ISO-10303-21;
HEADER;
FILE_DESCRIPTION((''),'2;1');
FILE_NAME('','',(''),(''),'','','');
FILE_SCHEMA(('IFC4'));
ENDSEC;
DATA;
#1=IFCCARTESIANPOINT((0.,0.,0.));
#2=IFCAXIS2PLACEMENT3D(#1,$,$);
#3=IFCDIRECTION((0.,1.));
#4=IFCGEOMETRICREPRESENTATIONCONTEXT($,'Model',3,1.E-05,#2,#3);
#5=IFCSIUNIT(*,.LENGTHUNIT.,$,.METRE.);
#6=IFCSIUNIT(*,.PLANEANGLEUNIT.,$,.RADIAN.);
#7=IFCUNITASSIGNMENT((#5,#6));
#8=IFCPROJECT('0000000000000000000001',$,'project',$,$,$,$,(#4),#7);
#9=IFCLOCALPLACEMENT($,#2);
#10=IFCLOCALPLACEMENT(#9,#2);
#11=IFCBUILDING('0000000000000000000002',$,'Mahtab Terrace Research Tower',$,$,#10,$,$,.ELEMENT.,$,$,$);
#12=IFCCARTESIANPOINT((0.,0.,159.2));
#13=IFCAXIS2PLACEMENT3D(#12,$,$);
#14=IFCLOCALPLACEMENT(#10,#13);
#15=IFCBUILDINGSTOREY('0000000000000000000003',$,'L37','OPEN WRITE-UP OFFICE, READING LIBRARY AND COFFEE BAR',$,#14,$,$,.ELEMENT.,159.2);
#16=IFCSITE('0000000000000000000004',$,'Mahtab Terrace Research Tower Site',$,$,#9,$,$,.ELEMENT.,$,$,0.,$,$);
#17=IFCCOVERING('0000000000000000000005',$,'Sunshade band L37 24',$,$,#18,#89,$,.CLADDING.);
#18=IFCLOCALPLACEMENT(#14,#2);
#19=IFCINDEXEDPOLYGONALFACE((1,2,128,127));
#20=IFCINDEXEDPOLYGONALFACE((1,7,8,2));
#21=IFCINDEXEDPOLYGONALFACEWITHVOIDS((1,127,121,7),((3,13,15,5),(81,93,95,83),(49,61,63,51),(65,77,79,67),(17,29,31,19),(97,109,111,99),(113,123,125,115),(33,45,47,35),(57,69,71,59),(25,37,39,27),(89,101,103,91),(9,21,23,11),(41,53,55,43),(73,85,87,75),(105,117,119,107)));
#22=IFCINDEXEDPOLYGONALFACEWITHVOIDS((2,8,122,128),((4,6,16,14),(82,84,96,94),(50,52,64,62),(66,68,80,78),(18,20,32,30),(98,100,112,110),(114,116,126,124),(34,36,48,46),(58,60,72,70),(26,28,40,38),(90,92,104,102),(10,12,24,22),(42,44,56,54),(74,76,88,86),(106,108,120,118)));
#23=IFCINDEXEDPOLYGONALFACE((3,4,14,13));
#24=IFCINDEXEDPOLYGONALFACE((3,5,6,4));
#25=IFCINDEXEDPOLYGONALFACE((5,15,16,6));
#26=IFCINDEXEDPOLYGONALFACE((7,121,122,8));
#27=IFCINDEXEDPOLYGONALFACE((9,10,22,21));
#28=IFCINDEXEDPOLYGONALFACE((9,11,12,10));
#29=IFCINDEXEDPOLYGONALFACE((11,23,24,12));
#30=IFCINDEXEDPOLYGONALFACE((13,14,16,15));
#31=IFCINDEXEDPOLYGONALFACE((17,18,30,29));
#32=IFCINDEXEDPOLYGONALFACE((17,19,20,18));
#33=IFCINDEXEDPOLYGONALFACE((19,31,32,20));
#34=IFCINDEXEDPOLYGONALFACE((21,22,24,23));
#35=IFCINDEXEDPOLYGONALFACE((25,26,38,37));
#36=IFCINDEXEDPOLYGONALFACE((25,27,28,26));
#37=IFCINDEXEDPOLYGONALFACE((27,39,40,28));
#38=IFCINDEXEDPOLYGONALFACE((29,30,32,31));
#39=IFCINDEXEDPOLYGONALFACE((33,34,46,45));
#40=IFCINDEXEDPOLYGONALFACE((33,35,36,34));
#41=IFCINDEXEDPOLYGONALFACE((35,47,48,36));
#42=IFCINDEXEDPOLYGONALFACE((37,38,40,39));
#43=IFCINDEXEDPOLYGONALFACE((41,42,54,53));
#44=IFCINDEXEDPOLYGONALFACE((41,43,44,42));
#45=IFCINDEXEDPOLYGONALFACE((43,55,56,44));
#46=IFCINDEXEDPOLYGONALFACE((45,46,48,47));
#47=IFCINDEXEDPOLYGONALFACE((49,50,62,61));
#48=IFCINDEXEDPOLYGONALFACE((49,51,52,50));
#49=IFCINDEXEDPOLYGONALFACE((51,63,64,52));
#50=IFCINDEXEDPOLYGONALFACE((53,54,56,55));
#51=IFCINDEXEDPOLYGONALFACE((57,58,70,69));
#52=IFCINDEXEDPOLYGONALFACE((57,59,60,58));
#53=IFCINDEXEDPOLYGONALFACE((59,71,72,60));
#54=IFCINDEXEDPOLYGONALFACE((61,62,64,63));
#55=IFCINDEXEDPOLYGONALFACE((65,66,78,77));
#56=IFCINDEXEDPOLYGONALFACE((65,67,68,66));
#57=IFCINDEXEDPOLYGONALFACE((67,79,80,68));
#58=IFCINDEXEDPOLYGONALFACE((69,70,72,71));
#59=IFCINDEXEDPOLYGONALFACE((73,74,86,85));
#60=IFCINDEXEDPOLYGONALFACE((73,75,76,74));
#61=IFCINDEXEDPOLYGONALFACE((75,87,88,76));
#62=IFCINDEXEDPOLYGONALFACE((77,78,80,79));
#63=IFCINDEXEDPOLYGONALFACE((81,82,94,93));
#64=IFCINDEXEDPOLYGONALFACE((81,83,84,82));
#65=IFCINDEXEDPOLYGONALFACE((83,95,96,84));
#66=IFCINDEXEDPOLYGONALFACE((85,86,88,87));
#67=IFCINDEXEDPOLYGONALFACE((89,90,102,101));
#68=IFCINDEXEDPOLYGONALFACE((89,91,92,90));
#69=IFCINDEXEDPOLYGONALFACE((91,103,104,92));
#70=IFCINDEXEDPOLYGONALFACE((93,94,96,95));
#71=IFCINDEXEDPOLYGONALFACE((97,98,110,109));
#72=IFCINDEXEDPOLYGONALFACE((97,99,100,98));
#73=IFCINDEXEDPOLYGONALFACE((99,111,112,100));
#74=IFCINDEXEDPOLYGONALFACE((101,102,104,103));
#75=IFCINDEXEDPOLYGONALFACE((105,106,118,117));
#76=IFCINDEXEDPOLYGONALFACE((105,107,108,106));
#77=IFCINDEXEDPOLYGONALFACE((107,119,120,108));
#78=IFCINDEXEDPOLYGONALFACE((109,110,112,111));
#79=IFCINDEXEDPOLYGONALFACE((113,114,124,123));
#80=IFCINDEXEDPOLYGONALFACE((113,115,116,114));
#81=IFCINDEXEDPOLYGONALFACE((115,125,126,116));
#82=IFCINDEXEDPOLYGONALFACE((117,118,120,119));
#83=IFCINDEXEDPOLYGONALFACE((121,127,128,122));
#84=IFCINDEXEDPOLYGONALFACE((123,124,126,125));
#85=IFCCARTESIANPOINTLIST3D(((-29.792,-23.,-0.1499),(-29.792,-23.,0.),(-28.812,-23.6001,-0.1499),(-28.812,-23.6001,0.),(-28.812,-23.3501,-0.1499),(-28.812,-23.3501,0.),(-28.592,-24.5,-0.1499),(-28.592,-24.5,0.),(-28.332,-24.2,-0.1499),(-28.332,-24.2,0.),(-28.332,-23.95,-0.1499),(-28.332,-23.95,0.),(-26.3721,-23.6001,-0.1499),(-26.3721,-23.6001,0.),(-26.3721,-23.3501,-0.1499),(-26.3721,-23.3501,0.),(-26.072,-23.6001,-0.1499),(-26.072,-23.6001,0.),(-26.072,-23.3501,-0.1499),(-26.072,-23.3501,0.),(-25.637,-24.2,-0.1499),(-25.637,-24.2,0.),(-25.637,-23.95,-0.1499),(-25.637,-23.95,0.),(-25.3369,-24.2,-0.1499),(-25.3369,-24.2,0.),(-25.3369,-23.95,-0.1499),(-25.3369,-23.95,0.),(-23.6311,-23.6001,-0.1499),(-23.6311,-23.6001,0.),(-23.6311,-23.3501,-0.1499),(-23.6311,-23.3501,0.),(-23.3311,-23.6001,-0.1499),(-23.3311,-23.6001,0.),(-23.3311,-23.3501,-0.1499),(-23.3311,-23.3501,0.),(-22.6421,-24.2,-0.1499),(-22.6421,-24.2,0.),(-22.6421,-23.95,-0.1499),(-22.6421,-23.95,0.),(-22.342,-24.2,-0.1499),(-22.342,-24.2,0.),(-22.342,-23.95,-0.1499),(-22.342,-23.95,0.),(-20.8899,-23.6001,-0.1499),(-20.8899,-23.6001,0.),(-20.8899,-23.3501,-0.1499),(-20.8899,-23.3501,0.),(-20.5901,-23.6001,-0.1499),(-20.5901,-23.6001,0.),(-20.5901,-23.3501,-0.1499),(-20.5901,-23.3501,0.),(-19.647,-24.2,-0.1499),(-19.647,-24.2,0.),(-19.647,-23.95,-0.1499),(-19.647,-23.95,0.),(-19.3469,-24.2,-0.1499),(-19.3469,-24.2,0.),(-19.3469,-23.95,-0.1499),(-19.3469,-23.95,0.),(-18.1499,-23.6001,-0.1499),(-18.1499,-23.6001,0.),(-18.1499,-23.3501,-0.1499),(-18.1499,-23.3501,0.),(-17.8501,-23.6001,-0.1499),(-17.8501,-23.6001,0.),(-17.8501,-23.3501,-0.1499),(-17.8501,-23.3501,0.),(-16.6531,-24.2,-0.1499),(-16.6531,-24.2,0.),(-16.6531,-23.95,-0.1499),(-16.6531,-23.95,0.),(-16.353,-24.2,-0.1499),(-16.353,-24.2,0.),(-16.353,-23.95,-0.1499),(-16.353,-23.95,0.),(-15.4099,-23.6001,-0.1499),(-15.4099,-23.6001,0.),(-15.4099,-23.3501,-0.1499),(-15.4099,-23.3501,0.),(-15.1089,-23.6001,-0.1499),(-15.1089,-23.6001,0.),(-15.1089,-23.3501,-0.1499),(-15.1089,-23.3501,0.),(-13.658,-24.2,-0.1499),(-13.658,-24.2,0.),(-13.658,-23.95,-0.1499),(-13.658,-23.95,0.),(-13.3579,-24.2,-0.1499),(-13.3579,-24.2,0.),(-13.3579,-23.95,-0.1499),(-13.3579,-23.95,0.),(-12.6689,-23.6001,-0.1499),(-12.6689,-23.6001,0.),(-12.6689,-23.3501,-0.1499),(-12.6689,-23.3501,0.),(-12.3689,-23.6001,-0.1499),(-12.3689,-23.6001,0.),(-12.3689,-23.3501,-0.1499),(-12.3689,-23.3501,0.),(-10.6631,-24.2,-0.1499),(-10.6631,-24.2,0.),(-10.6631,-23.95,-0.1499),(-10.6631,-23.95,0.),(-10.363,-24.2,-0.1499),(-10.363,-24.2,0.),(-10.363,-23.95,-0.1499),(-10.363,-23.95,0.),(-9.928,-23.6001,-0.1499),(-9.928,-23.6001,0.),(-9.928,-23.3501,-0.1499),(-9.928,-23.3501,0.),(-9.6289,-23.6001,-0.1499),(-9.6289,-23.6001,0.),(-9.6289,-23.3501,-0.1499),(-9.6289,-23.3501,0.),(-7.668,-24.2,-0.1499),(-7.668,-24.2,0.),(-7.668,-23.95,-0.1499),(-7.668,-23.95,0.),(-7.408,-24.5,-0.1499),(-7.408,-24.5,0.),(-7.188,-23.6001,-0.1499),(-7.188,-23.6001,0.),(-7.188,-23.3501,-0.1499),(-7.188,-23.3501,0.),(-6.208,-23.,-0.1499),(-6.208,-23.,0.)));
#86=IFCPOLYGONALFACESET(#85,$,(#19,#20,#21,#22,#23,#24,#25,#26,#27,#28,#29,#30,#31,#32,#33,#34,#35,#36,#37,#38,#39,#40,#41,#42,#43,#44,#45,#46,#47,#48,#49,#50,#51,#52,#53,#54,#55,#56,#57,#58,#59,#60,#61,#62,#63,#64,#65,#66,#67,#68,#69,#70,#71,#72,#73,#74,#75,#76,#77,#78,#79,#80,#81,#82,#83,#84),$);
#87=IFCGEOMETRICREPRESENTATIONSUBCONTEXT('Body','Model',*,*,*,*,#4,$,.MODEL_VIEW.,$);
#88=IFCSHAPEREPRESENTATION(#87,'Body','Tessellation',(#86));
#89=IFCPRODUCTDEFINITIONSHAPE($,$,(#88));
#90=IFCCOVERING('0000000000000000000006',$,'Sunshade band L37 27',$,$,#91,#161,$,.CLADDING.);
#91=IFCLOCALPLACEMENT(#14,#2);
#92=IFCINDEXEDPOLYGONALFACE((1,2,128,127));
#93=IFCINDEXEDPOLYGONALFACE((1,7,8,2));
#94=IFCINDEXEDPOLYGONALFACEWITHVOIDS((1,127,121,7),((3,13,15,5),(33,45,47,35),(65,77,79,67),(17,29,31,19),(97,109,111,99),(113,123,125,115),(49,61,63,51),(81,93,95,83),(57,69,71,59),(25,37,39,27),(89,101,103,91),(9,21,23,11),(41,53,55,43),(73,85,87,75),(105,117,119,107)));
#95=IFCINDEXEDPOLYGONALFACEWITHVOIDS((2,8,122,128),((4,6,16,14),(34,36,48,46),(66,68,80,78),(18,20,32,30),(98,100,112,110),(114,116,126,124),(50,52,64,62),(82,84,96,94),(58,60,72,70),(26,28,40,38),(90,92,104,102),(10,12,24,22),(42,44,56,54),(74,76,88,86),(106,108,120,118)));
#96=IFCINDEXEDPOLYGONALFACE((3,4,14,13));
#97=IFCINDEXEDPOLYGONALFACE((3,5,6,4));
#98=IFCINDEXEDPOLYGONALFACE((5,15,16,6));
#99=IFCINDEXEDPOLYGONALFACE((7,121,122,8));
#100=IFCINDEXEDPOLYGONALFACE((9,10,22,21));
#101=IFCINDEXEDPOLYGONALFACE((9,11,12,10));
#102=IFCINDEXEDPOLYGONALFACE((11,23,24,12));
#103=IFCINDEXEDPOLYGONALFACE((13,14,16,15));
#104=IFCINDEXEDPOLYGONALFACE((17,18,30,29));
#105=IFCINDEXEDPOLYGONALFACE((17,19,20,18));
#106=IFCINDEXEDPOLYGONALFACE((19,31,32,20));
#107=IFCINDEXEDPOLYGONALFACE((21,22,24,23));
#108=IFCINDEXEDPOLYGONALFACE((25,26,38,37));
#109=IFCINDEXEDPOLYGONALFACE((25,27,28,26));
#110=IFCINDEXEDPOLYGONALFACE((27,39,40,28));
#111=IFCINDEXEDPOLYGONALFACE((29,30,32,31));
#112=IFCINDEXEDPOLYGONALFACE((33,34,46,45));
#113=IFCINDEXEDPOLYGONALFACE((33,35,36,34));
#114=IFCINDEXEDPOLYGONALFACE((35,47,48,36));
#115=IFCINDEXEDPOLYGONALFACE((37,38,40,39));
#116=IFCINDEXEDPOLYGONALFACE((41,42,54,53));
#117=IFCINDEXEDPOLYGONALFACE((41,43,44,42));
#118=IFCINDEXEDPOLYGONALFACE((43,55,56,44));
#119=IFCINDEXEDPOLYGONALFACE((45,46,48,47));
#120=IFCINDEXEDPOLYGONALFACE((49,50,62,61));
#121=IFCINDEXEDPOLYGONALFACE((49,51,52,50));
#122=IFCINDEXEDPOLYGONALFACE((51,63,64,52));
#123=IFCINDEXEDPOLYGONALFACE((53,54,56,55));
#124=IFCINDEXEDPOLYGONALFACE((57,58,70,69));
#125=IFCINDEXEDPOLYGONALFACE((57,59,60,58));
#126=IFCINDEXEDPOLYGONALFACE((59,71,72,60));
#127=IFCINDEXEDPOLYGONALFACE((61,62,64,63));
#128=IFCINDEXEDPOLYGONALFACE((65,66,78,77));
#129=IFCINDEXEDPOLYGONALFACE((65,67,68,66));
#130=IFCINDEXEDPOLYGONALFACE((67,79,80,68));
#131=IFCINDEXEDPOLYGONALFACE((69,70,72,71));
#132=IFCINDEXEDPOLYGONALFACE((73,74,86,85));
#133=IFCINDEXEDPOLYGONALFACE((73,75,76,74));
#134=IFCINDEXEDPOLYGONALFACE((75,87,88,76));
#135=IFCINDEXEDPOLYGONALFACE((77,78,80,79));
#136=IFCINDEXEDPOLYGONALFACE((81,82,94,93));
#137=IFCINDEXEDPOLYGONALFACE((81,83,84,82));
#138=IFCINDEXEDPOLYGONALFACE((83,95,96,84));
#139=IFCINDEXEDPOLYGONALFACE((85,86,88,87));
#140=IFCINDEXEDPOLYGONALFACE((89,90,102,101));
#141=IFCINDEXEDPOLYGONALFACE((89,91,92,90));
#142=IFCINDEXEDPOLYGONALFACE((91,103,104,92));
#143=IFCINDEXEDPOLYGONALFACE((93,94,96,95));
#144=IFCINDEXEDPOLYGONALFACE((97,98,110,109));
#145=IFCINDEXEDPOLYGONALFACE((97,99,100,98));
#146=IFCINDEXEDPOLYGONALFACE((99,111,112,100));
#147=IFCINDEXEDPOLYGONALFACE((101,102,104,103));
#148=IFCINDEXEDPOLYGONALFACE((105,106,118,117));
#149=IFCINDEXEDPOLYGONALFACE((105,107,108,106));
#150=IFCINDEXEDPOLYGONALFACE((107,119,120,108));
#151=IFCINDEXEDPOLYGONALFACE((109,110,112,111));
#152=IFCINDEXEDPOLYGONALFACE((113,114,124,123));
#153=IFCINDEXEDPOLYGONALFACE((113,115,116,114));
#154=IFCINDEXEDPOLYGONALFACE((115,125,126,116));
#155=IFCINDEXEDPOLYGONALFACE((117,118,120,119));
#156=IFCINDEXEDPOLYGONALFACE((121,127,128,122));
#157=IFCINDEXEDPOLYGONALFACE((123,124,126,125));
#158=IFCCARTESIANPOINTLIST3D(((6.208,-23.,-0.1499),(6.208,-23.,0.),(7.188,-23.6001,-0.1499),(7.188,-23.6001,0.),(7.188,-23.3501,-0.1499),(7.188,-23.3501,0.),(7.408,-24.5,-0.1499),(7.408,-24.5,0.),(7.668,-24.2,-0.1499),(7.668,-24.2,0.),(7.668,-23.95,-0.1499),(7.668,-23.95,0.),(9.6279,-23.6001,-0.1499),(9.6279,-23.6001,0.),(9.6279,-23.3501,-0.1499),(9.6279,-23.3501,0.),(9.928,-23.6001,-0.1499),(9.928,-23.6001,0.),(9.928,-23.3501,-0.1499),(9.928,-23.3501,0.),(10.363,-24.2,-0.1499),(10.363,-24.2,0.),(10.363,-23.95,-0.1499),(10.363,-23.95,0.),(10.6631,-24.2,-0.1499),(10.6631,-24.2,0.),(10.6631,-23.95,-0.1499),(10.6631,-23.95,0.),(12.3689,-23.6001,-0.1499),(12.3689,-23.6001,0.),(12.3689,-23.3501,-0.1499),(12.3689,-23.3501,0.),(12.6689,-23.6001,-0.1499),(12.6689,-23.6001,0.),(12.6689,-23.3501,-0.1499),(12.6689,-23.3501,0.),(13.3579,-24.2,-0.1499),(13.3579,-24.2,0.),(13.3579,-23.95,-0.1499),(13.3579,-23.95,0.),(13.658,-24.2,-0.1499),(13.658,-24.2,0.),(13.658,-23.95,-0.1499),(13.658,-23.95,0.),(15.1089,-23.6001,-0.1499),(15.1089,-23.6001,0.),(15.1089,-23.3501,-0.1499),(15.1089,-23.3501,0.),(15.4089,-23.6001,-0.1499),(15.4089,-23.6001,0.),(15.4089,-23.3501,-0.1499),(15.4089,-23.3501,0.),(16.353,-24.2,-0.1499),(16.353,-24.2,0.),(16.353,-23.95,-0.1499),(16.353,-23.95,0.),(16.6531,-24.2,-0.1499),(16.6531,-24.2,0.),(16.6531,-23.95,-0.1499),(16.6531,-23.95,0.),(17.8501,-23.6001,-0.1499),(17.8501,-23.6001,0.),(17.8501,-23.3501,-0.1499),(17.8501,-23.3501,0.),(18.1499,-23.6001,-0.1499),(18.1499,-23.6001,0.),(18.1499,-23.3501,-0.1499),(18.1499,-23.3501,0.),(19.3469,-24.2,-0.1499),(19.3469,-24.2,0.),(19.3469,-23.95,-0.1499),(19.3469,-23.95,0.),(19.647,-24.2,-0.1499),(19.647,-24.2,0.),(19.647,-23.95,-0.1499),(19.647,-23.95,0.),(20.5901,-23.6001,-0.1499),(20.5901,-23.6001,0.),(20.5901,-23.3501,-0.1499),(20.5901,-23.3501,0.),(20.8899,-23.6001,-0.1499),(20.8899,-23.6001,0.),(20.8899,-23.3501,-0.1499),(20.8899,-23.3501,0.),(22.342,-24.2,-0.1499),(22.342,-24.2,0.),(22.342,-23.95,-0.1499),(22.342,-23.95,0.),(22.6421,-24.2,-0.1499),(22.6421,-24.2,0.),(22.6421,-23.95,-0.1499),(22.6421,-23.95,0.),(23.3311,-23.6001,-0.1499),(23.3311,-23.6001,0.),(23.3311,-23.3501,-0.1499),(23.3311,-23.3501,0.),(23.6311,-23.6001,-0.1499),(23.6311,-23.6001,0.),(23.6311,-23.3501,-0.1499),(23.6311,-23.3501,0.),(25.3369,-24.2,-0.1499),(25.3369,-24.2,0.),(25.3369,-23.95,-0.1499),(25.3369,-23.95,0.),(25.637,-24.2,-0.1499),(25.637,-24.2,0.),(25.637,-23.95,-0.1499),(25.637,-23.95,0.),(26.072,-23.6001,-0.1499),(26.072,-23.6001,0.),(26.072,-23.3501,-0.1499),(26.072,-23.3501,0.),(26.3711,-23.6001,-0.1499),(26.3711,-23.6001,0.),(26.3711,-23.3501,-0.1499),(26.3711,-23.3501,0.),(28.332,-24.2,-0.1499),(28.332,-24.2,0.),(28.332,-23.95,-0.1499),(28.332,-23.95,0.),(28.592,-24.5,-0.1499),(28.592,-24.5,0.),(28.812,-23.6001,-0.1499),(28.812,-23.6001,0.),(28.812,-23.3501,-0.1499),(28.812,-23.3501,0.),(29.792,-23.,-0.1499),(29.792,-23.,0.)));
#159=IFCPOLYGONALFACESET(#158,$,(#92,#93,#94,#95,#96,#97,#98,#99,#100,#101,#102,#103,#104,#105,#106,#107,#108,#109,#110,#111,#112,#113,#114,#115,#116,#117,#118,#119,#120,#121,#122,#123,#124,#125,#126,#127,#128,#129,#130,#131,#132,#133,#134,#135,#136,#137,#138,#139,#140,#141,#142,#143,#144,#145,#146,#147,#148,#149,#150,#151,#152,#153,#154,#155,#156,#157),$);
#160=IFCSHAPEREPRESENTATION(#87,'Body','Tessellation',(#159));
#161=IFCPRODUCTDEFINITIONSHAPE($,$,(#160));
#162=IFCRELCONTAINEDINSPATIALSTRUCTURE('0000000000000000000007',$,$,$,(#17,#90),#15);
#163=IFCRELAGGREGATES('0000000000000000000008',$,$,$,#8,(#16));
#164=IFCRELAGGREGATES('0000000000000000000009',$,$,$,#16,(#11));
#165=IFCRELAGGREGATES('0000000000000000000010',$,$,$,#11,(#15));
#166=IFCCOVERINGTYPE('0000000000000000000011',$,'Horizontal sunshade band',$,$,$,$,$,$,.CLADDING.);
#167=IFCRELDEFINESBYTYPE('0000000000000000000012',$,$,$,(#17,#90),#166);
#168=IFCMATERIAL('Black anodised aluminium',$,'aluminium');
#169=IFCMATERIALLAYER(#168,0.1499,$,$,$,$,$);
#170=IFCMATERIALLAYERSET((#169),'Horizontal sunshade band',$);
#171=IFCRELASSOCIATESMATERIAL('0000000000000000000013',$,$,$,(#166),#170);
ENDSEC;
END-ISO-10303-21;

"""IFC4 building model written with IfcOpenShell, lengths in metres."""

from ifc_helpers import new_model, si_unit, direction, frame, origin, place, context, subcontext, project, spatial, polyline, outline, extrude, material, layer, layer_set, type_object, element, save


model = new_model("IFC4")

# Units and contexts
model_context = context("Model", 3, precision=1e-05, world=origin(), true_north=direction((0.0, 1.0)))
body_context = subcontext(model_context, "Body", "Model", "MODEL_VIEW")
ifc_project = project(units=[si_unit("LENGTHUNIT", "METRE"), si_unit("PLANEANGLEUNIT", "RADIAN")], contexts=[model_context])

# Site, building, storey
site_placement = place(None, origin())
site = spatial("IfcSite", under=ifc_project, at=site_placement, Name="Mahtab Terrace Research Tower Site", CompositionType="ELEMENT", RefElevation=0.0)
building_placement = place(site_placement, origin())
building = spatial("IfcBuilding", under=site, at=building_placement, Name="Mahtab Terrace Research Tower", CompositionType="ELEMENT")
storey_placement = place(building_placement, frame((0.0, 0.0, 159.2)))
storey = spatial("IfcBuildingStorey", under=building, at=storey_placement, Name="L37", Description="OPEN WRITE-UP OFFICE, READING LIBRARY AND COFFEE BAR", CompositionType="ELEMENT", Elevation=159.2)

# Coverings
ifc_material_1 = material(Name="Black anodised aluminium", Category="aluminium")
ifc_layer_1 = layer(ifc_material_1, 0.1499)
ifc_layer_set_1 = layer_set([ifc_layer_1], Name="Horizontal sunshade band")
covering_type_1 = type_object("IfcCoveringType", Name="Horizontal sunshade band", PredefinedType="CLADDING", material=ifc_layer_set_1)
covering_1_placement = place(storey_placement, frame((0.0, 0.0, -0.1499)))
element("IfcCovering", 1, at=covering_1_placement, inside=storey, type_object=covering_type_1, Name="Sunshade band L37 24", PredefinedType="CLADDING", context=body_context, shape_type="SweptSolid", body=[
    extrude(outline(polyline([(-29.792, -23.0), (-6.208, -23.0), (-7.408, -24.5), (-28.592, -24.5), (-29.792, -23.0)]), holes=[polyline([(-28.812, -23.3501), (-26.3721, -23.3501), (-26.3721, -23.6001), (-28.812, -23.6001), (-28.812, -23.3501)]), polyline([(-26.072, -23.3501), (-23.6311, -23.3501), (-23.6311, -23.6001), (-26.072, -23.6001), (-26.072, -23.3501)]), polyline([(-23.3311, -23.3501), (-20.8899, -23.3501), (-20.8899, -23.6001), (-23.3311, -23.6001), (-23.3311, -23.3501)]), polyline([(-20.5901, -23.3501), (-18.1499, -23.3501), (-18.1499, -23.6001), (-20.5901, -23.6001), (-20.5901, -23.3501)]), polyline([(-17.8501, -23.3501), (-15.4099, -23.3501), (-15.4099, -23.6001), (-17.8501, -23.6001), (-17.8501, -23.3501)]), polyline([(-15.1089, -23.3501), (-12.6689, -23.3501), (-12.6689, -23.6001), (-15.1089, -23.6001), (-15.1089, -23.3501)]), polyline([(-12.3689, -23.3501), (-9.928, -23.3501), (-9.928, -23.6001), (-12.3689, -23.6001), (-12.3689, -23.3501)]), polyline([(-9.6289, -23.3501), (-7.188, -23.3501), (-7.188, -23.6001), (-9.6289, -23.6001), (-9.6289, -23.3501)]), polyline([(-28.332, -23.95), (-25.637, -23.95), (-25.637, -24.2), (-28.332, -24.2), (-28.332, -23.95)]), polyline([(-25.3369, -23.95), (-22.6421, -23.95), (-22.6421, -24.2), (-25.3369, -24.2), (-25.3369, -23.95)]), polyline([(-22.342, -23.95), (-19.647, -23.95), (-19.647, -24.2), (-22.342, -24.2), (-22.342, -23.95)]), polyline([(-19.3469, -23.95), (-16.6531, -23.95), (-16.6531, -24.2), (-19.3469, -24.2), (-19.3469, -23.95)]), polyline([(-16.353, -23.95), (-13.658, -23.95), (-13.658, -24.2), (-16.353, -24.2), (-16.353, -23.95)]), polyline([(-13.3579, -23.95), (-10.6631, -23.95), (-10.6631, -24.2), (-13.3579, -24.2), (-13.3579, -23.95)]), polyline([(-10.363, -23.95), (-7.668, -23.95), (-7.668, -24.2), (-10.363, -24.2), (-10.363, -23.95)])]), origin(), (0.0, 0.0, 1.0), 0.1499),
])
covering_2_placement = place(storey_placement, frame((0.0, 0.0, -0.1499)))
element("IfcCovering", 2, at=covering_2_placement, inside=storey, type_object=covering_type_1, Name="Sunshade band L37 27", PredefinedType="CLADDING", context=body_context, shape_type="SweptSolid", body=[
    extrude(outline(polyline([(6.208, -23.0), (29.792, -23.0), (28.592, -24.5), (7.408, -24.5), (6.208, -23.0)]), holes=[polyline([(7.188, -23.3501), (9.6279, -23.3501), (9.6279, -23.6001), (7.188, -23.6001), (7.188, -23.3501)]), polyline([(9.928, -23.3501), (12.3689, -23.3501), (12.3689, -23.6001), (9.928, -23.6001), (9.928, -23.3501)]), polyline([(12.6689, -23.3501), (15.1089, -23.3501), (15.1089, -23.6001), (12.6689, -23.6001), (12.6689, -23.3501)]), polyline([(15.4089, -23.3501), (17.8501, -23.3501), (17.8501, -23.6001), (15.4089, -23.6001), (15.4089, -23.3501)]), polyline([(18.1499, -23.3501), (20.5901, -23.3501), (20.5901, -23.6001), (18.1499, -23.6001), (18.1499, -23.3501)]), polyline([(20.8899, -23.3501), (23.3311, -23.3501), (23.3311, -23.6001), (20.8899, -23.6001), (20.8899, -23.3501)]), polyline([(23.6311, -23.3501), (26.072, -23.3501), (26.072, -23.6001), (23.6311, -23.6001), (23.6311, -23.3501)]), polyline([(26.3711, -23.3501), (28.812, -23.3501), (28.812, -23.6001), (26.3711, -23.6001), (26.3711, -23.3501)]), polyline([(7.668, -23.95), (10.363, -23.95), (10.363, -24.2), (7.668, -24.2), (7.668, -23.95)]), polyline([(10.6631, -23.95), (13.3579, -23.95), (13.3579, -24.2), (10.6631, -24.2), (10.6631, -23.95)]), polyline([(13.658, -23.95), (16.353, -23.95), (16.353, -24.2), (13.658, -24.2), (13.658, -23.95)]), polyline([(16.6531, -23.95), (19.3469, -23.95), (19.3469, -24.2), (16.6531, -24.2), (16.6531, -23.95)]), polyline([(19.647, -23.95), (22.342, -23.95), (22.342, -24.2), (19.647, -24.2), (19.647, -23.95)]), polyline([(22.6421, -23.95), (25.3369, -23.95), (25.3369, -24.2), (22.6421, -24.2), (22.6421, -23.95)]), polyline([(25.637, -23.95), (28.332, -23.95), (28.332, -24.2), (25.637, -24.2), (25.637, -23.95)])]), origin(), (0.0, 0.0, 1.0), 0.1499),
])

save(model, "model.ifc")
